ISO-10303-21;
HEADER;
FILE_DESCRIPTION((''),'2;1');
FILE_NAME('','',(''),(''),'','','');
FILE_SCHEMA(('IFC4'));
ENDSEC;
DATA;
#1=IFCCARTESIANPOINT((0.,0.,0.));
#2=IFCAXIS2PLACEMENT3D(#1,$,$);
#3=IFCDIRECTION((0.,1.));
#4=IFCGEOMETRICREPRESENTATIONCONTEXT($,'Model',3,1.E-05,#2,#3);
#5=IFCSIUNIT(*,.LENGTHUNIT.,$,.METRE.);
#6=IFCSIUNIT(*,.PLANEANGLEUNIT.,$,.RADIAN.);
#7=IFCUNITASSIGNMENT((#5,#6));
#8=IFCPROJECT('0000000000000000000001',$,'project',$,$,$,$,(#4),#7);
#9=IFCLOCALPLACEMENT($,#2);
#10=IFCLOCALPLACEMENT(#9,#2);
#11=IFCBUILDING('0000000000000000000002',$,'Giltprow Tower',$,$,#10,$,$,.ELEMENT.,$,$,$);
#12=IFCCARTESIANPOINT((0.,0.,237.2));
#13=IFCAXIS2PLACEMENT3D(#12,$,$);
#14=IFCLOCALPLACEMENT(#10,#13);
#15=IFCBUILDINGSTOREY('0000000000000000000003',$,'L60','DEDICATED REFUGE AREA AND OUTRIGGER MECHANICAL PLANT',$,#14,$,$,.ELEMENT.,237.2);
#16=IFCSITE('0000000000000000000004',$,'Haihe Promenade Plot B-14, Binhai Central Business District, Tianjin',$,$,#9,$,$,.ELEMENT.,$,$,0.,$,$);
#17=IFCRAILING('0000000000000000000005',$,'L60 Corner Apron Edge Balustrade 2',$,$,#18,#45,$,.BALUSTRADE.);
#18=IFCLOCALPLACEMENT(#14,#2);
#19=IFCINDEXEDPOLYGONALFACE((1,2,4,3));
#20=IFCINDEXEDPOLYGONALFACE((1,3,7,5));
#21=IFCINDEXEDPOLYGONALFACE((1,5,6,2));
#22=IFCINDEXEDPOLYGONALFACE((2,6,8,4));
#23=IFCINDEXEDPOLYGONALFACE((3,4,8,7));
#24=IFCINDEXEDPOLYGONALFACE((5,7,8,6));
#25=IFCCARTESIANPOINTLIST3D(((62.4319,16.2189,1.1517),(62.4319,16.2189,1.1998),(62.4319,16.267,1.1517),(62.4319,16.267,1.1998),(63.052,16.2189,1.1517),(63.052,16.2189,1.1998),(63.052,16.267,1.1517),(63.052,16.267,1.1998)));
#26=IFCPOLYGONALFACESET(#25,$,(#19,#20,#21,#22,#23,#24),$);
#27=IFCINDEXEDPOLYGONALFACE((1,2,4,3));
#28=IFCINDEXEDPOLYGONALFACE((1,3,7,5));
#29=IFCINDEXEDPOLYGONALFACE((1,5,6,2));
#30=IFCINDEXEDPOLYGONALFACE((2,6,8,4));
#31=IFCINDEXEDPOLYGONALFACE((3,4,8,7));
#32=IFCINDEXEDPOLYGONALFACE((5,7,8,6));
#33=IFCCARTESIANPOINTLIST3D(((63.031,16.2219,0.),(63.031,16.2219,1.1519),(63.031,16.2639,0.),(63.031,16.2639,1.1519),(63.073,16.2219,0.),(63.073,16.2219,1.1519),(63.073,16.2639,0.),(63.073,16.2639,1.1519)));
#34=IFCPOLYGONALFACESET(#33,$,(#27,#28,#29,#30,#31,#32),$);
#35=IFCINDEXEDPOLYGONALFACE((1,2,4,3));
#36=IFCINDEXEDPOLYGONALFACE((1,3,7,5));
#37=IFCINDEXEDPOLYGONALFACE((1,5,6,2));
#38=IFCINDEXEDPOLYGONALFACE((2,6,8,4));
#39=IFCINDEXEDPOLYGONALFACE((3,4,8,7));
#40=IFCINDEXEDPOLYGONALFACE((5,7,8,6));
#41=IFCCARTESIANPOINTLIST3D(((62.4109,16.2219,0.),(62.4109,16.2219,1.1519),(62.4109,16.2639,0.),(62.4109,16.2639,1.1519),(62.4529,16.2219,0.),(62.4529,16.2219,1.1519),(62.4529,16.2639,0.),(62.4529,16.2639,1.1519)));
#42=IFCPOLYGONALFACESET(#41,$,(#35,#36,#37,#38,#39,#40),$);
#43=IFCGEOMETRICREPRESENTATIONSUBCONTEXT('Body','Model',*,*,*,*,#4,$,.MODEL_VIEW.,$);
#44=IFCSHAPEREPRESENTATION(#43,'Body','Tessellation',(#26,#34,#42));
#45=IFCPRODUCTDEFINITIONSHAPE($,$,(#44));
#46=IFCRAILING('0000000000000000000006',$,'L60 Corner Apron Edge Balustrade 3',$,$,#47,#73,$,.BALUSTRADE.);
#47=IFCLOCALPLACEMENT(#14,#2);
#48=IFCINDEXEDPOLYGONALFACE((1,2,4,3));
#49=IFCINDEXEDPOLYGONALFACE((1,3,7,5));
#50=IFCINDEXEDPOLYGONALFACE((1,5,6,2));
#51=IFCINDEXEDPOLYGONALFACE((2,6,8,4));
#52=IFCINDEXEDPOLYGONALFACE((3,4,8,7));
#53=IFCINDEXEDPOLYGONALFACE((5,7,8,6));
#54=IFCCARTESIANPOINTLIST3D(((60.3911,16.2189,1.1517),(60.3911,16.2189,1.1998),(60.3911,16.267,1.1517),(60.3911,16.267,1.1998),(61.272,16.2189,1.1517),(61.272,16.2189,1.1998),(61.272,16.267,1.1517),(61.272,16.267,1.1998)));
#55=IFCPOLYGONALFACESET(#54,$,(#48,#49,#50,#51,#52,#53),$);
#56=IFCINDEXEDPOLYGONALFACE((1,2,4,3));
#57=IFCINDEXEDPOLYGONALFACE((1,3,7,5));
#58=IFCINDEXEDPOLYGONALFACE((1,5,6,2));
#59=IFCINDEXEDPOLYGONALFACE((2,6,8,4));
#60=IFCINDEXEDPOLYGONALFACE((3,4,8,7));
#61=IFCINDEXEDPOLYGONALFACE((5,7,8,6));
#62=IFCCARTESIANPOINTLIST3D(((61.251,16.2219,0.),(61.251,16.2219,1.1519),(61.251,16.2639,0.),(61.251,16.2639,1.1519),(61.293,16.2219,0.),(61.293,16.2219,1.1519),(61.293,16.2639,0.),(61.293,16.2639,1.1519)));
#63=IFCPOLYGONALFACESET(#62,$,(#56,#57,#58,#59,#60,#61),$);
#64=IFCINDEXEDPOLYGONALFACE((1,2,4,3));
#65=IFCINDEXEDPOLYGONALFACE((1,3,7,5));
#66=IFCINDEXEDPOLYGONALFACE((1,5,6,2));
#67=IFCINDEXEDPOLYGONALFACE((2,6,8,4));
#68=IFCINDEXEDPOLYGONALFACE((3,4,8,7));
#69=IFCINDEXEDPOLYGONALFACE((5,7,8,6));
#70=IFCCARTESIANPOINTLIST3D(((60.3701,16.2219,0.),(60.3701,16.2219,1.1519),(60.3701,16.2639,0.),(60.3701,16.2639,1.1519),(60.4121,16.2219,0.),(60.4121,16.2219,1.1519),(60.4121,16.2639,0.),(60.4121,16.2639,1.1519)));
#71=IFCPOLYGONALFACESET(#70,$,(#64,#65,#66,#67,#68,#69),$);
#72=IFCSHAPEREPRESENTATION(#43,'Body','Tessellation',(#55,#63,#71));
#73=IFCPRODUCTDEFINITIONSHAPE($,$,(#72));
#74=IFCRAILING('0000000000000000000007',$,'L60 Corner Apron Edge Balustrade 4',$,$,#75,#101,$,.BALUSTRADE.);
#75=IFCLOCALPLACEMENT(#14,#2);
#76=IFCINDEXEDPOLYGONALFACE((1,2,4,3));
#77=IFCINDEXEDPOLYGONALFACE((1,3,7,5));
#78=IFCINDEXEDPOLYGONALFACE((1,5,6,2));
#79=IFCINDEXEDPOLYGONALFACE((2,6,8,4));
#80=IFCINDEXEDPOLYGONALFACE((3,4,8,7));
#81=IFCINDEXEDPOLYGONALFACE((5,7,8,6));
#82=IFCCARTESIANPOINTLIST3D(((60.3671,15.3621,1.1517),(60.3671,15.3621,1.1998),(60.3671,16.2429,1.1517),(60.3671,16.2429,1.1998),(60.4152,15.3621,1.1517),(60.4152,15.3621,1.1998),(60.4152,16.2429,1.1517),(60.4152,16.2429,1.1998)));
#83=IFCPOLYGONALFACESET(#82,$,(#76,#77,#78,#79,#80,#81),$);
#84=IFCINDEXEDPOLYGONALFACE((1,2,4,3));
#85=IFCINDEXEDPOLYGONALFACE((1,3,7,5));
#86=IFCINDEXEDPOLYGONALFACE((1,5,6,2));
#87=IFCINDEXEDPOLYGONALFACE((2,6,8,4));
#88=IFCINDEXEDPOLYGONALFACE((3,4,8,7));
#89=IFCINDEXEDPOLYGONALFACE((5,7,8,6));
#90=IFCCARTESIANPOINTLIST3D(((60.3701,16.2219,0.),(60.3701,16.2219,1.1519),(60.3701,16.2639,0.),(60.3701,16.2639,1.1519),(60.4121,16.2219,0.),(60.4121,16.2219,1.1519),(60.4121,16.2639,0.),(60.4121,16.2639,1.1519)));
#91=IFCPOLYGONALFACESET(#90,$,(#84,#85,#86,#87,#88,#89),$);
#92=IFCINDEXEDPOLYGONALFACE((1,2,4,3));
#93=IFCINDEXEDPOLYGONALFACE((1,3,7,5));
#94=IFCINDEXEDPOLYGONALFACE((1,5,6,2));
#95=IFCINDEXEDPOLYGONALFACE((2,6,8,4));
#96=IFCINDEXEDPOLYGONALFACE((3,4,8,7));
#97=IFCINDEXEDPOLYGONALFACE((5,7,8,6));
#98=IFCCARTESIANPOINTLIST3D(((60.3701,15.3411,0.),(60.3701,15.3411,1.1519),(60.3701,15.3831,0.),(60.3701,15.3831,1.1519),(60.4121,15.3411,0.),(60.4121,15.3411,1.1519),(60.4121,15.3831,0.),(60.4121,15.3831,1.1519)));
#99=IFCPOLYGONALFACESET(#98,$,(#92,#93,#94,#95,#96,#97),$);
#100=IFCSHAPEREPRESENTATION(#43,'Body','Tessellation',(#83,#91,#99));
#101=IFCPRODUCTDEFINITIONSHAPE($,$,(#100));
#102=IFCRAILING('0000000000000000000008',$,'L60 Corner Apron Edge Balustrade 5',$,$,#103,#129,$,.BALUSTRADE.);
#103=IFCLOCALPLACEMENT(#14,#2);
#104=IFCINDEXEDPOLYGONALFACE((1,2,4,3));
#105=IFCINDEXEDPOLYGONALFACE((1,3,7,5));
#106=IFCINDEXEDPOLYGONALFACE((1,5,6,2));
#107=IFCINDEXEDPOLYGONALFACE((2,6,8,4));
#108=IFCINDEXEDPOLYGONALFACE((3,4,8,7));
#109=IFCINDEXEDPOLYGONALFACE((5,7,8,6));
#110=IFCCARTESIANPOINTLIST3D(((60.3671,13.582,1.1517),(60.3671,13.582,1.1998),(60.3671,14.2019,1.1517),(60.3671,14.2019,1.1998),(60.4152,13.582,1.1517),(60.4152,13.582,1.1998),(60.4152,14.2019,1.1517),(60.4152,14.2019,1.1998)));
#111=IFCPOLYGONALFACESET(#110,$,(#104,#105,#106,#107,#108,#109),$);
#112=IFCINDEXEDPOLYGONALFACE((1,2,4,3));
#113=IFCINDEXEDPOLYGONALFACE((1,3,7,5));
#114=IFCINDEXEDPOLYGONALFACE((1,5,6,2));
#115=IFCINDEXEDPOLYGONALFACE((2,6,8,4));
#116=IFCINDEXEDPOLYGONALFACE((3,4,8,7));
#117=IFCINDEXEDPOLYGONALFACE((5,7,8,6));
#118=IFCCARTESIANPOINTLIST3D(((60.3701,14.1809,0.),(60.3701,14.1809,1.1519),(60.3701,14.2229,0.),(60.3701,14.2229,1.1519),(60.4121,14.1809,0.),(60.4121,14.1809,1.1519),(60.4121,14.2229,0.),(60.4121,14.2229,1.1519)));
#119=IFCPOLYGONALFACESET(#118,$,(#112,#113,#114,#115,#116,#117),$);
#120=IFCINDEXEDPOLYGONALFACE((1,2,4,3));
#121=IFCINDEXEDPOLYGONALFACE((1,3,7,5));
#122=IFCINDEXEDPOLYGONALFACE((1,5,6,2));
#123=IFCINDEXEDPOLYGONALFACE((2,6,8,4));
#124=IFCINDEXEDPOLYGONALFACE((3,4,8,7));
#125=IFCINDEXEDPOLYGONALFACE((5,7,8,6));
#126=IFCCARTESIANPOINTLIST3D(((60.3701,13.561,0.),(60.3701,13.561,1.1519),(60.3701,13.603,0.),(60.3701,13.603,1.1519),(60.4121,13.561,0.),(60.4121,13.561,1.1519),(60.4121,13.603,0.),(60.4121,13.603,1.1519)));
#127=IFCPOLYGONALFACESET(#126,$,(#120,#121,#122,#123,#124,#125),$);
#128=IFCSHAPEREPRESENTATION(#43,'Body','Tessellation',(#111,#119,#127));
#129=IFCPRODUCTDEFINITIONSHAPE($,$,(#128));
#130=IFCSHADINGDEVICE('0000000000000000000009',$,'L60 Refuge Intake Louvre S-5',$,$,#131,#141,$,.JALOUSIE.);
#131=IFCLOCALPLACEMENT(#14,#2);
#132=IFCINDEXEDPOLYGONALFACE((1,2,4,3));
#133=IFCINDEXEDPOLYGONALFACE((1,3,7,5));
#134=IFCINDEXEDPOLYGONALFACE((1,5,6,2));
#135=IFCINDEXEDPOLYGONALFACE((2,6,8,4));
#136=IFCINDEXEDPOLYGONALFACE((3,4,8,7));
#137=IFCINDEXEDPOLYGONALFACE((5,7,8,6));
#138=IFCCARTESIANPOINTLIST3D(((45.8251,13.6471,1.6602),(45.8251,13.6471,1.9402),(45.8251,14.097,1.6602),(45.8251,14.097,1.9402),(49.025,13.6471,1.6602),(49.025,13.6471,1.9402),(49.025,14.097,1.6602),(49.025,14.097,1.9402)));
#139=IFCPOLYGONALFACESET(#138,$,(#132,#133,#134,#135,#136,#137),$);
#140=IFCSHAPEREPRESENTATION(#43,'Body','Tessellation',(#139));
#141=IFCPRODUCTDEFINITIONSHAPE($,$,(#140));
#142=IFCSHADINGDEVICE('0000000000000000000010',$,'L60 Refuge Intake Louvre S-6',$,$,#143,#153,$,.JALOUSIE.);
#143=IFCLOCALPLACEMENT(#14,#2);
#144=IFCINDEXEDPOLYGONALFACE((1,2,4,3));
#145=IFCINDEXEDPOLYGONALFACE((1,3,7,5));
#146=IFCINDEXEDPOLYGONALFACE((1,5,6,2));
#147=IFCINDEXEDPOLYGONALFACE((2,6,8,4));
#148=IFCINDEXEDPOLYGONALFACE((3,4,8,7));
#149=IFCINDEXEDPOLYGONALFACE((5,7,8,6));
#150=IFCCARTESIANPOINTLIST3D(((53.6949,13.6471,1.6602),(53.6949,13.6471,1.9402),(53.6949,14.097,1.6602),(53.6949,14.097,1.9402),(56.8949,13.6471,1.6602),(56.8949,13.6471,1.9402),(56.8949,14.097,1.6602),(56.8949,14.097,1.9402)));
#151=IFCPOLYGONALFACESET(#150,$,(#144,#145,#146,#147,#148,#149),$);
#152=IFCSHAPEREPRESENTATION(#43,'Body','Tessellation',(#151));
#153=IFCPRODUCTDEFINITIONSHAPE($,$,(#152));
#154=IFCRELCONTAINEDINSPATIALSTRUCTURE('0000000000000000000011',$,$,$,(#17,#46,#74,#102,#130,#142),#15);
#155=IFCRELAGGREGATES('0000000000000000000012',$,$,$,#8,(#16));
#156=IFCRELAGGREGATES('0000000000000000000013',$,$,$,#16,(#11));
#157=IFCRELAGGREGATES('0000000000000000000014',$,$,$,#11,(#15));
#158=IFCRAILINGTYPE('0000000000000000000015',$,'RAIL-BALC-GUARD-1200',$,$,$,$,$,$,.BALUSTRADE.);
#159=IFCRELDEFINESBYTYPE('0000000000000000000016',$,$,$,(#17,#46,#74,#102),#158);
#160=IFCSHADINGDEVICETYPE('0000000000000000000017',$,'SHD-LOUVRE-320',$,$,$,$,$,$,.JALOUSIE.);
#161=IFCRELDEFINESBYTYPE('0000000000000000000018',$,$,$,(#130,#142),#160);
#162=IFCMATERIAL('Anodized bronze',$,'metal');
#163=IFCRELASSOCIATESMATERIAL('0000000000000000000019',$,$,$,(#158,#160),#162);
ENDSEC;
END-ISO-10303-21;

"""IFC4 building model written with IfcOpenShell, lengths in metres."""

from ifc_helpers import new_model, si_unit, direction, frame, origin, origin_2d, place, context, subcontext, project, spatial, rectangle, extrude, source, transform, mapped, material, type_object, element, save


model = new_model("IFC4")

# Units and contexts
model_context = context("Model", 3, precision=1e-05, world=origin(), true_north=direction((0.0, 1.0)))
body_context = subcontext(model_context, "Body", "Model", "MODEL_VIEW")
ifc_project = project(units=[si_unit("LENGTHUNIT", "METRE"), si_unit("PLANEANGLEUNIT", "RADIAN")], contexts=[model_context])

# Site, building, storey
site_placement = place(None, origin())
site = spatial("IfcSite", under=ifc_project, at=site_placement, Name="Haihe Promenade Plot B-14, Binhai Central Business District, Tianjin", CompositionType="ELEMENT", RefElevation=0.0)
building_placement = place(site_placement, origin())
building = spatial("IfcBuilding", under=site, at=building_placement, Name="Giltprow Tower", CompositionType="ELEMENT")
storey_placement = place(building_placement, frame((0.0, 0.0, 237.2)))
storey = spatial("IfcBuildingStorey", under=building, at=storey_placement, Name="L60", Description="DEDICATED REFUGE AREA AND OUTRIGGER MECHANICAL PLANT", CompositionType="ELEMENT", Elevation=237.2)

# Railings
ifc_material_1 = material(Name="Anodized bronze", Category="metal")
railing_type = type_object("IfcRailingType", Name="RAIL-BALC-GUARD-1200", PredefinedType="BALUSTRADE", material=ifc_material_1)
railing_1_placement = place(storey_placement, frame((63.052, 16.2429, 0.0)))
element("IfcRailing", 1, at=railing_1_placement, inside=storey, type_object=railing_type, Name="L60 Corner Apron Edge Balustrade 2", PredefinedType="BALUSTRADE", context=body_context, shape_type="SweptSolid", body=[
    extrude(rectangle(XDim=0.0481, YDim=0.0481, at=origin_2d()), frame((0.0, 0.0, 1.1758), z_axis=(-1.0, 0.0, 0.0), x_axis=(0.0, -1.0, 0.0)), (0.0, 0.0, 1.0), 0.6201),
    extrude(rectangle(XDim=0.042, YDim=0.042, at=origin_2d()), origin(), (0.0, 0.0, 1.0), 1.1519),
    extrude(rectangle(XDim=0.042, YDim=0.042, at=origin_2d()), frame((-0.6201, 0.0, 0.0)), (0.0, 0.0, 1.0), 1.1519),
])
railing_2_placement = place(storey_placement, frame((61.272, 16.2429, 0.0)))
element("IfcRailing", 2, at=railing_2_placement, inside=storey, type_object=railing_type, Name="L60 Corner Apron Edge Balustrade 3", PredefinedType="BALUSTRADE", context=body_context, shape_type="SweptSolid", body=[
    extrude(rectangle(XDim=0.0481, YDim=0.0481, at=origin_2d()), frame((0.0, 0.0, 1.1758), z_axis=(-1.0, 0.0, 0.0), x_axis=(0.0, -1.0, 0.0)), (0.0, 0.0, 1.0), 0.8809),
    extrude(rectangle(XDim=0.042, YDim=0.042, at=origin_2d()), origin(), (0.0, 0.0, 1.0), 1.1519),
    extrude(rectangle(XDim=0.042, YDim=0.042, at=origin_2d()), frame((-0.8809, 0.0, 0.0)), (0.0, 0.0, 1.0), 1.1519),
])
railing_3_placement = place(storey_placement, frame((60.3911, 16.2429, 0.0)))
element("IfcRailing", 3, at=railing_3_placement, inside=storey, type_object=railing_type, Name="L60 Corner Apron Edge Balustrade 4", PredefinedType="BALUSTRADE", context=body_context, shape_type="SweptSolid", body=[
    extrude(rectangle(XDim=0.0481, YDim=0.0481, at=origin_2d()), frame((0.0, 0.0, 1.1758), z_axis=(0.0, -1.0, 0.0), x_axis=(1.0, 0.0, 0.0)), (0.0, 0.0, 1.0), 0.8809),
    extrude(rectangle(XDim=0.042, YDim=0.042, at=origin_2d()), origin(), (0.0, 0.0, 1.0), 1.1519),
    extrude(rectangle(XDim=0.042, YDim=0.042, at=origin_2d()), frame((0.0, -0.8809, 0.0)), (0.0, 0.0, 1.0), 1.1519),
])
railing_4_placement = place(storey_placement, frame((60.3911, 14.2019, 0.0)))
element("IfcRailing", 4, at=railing_4_placement, inside=storey, type_object=railing_type, Name="L60 Corner Apron Edge Balustrade 5", PredefinedType="BALUSTRADE", context=body_context, shape_type="SweptSolid", body=[
    extrude(rectangle(XDim=0.0481, YDim=0.0481, at=origin_2d()), frame((0.0, 0.0, 1.1758), z_axis=(0.0, -1.0, 0.0), x_axis=(1.0, 0.0, 0.0)), (0.0, 0.0, 1.0), 0.6199),
    extrude(rectangle(XDim=0.042, YDim=0.042, at=origin_2d()), origin(), (0.0, 0.0, 1.0), 1.1519),
    extrude(rectangle(XDim=0.042, YDim=0.042, at=origin_2d()), frame((0.0, -0.6199, 0.0)), (0.0, 0.0, 1.0), 1.1519),
])

# Shading devices
shading_device_type = type_object("IfcShadingDeviceType", Name="SHD-LOUVRE-320", PredefinedType="JALOUSIE", material=ifc_material_1)
shared_shape_1 = source(origin(), body_context, "Body", "SweptSolid", [
    extrude(rectangle(XDim=3.2, YDim=0.45, at=origin_2d()), origin(), (0.0, 0.0, 1.0), 0.28),
])
for number, where, z_axis, x_axis, name in (
    (5, (47.425, 13.8721, 1.6602), (0.0, 0.0, 1.0), (1.0, 0.0, 0.0), "L60 Refuge Intake Louvre S-5"),
    (6, (55.2949, 13.8721, 1.6602), (0.0, 0.0, 1.0), (1.0, 0.0, 0.0), "L60 Refuge Intake Louvre S-6"),
):
    element("IfcShadingDevice", number, at=place(storey_placement, frame(where, z_axis=z_axis, x_axis=x_axis)), inside=storey, type_object=shading_device_type, Name=name, PredefinedType="JALOUSIE", context=body_context, shape_type="MappedRepresentation", body=[
        mapped(shared_shape_1, transform((0.0, 0.0, 0.0), x_axis=(1.0, 0.0, 0.0), y_axis=(0.0, 1.0, 0.0), z_axis=(0.0, 0.0, 1.0), scale=1.0)),
    ])

save(model, "model.ifc")
